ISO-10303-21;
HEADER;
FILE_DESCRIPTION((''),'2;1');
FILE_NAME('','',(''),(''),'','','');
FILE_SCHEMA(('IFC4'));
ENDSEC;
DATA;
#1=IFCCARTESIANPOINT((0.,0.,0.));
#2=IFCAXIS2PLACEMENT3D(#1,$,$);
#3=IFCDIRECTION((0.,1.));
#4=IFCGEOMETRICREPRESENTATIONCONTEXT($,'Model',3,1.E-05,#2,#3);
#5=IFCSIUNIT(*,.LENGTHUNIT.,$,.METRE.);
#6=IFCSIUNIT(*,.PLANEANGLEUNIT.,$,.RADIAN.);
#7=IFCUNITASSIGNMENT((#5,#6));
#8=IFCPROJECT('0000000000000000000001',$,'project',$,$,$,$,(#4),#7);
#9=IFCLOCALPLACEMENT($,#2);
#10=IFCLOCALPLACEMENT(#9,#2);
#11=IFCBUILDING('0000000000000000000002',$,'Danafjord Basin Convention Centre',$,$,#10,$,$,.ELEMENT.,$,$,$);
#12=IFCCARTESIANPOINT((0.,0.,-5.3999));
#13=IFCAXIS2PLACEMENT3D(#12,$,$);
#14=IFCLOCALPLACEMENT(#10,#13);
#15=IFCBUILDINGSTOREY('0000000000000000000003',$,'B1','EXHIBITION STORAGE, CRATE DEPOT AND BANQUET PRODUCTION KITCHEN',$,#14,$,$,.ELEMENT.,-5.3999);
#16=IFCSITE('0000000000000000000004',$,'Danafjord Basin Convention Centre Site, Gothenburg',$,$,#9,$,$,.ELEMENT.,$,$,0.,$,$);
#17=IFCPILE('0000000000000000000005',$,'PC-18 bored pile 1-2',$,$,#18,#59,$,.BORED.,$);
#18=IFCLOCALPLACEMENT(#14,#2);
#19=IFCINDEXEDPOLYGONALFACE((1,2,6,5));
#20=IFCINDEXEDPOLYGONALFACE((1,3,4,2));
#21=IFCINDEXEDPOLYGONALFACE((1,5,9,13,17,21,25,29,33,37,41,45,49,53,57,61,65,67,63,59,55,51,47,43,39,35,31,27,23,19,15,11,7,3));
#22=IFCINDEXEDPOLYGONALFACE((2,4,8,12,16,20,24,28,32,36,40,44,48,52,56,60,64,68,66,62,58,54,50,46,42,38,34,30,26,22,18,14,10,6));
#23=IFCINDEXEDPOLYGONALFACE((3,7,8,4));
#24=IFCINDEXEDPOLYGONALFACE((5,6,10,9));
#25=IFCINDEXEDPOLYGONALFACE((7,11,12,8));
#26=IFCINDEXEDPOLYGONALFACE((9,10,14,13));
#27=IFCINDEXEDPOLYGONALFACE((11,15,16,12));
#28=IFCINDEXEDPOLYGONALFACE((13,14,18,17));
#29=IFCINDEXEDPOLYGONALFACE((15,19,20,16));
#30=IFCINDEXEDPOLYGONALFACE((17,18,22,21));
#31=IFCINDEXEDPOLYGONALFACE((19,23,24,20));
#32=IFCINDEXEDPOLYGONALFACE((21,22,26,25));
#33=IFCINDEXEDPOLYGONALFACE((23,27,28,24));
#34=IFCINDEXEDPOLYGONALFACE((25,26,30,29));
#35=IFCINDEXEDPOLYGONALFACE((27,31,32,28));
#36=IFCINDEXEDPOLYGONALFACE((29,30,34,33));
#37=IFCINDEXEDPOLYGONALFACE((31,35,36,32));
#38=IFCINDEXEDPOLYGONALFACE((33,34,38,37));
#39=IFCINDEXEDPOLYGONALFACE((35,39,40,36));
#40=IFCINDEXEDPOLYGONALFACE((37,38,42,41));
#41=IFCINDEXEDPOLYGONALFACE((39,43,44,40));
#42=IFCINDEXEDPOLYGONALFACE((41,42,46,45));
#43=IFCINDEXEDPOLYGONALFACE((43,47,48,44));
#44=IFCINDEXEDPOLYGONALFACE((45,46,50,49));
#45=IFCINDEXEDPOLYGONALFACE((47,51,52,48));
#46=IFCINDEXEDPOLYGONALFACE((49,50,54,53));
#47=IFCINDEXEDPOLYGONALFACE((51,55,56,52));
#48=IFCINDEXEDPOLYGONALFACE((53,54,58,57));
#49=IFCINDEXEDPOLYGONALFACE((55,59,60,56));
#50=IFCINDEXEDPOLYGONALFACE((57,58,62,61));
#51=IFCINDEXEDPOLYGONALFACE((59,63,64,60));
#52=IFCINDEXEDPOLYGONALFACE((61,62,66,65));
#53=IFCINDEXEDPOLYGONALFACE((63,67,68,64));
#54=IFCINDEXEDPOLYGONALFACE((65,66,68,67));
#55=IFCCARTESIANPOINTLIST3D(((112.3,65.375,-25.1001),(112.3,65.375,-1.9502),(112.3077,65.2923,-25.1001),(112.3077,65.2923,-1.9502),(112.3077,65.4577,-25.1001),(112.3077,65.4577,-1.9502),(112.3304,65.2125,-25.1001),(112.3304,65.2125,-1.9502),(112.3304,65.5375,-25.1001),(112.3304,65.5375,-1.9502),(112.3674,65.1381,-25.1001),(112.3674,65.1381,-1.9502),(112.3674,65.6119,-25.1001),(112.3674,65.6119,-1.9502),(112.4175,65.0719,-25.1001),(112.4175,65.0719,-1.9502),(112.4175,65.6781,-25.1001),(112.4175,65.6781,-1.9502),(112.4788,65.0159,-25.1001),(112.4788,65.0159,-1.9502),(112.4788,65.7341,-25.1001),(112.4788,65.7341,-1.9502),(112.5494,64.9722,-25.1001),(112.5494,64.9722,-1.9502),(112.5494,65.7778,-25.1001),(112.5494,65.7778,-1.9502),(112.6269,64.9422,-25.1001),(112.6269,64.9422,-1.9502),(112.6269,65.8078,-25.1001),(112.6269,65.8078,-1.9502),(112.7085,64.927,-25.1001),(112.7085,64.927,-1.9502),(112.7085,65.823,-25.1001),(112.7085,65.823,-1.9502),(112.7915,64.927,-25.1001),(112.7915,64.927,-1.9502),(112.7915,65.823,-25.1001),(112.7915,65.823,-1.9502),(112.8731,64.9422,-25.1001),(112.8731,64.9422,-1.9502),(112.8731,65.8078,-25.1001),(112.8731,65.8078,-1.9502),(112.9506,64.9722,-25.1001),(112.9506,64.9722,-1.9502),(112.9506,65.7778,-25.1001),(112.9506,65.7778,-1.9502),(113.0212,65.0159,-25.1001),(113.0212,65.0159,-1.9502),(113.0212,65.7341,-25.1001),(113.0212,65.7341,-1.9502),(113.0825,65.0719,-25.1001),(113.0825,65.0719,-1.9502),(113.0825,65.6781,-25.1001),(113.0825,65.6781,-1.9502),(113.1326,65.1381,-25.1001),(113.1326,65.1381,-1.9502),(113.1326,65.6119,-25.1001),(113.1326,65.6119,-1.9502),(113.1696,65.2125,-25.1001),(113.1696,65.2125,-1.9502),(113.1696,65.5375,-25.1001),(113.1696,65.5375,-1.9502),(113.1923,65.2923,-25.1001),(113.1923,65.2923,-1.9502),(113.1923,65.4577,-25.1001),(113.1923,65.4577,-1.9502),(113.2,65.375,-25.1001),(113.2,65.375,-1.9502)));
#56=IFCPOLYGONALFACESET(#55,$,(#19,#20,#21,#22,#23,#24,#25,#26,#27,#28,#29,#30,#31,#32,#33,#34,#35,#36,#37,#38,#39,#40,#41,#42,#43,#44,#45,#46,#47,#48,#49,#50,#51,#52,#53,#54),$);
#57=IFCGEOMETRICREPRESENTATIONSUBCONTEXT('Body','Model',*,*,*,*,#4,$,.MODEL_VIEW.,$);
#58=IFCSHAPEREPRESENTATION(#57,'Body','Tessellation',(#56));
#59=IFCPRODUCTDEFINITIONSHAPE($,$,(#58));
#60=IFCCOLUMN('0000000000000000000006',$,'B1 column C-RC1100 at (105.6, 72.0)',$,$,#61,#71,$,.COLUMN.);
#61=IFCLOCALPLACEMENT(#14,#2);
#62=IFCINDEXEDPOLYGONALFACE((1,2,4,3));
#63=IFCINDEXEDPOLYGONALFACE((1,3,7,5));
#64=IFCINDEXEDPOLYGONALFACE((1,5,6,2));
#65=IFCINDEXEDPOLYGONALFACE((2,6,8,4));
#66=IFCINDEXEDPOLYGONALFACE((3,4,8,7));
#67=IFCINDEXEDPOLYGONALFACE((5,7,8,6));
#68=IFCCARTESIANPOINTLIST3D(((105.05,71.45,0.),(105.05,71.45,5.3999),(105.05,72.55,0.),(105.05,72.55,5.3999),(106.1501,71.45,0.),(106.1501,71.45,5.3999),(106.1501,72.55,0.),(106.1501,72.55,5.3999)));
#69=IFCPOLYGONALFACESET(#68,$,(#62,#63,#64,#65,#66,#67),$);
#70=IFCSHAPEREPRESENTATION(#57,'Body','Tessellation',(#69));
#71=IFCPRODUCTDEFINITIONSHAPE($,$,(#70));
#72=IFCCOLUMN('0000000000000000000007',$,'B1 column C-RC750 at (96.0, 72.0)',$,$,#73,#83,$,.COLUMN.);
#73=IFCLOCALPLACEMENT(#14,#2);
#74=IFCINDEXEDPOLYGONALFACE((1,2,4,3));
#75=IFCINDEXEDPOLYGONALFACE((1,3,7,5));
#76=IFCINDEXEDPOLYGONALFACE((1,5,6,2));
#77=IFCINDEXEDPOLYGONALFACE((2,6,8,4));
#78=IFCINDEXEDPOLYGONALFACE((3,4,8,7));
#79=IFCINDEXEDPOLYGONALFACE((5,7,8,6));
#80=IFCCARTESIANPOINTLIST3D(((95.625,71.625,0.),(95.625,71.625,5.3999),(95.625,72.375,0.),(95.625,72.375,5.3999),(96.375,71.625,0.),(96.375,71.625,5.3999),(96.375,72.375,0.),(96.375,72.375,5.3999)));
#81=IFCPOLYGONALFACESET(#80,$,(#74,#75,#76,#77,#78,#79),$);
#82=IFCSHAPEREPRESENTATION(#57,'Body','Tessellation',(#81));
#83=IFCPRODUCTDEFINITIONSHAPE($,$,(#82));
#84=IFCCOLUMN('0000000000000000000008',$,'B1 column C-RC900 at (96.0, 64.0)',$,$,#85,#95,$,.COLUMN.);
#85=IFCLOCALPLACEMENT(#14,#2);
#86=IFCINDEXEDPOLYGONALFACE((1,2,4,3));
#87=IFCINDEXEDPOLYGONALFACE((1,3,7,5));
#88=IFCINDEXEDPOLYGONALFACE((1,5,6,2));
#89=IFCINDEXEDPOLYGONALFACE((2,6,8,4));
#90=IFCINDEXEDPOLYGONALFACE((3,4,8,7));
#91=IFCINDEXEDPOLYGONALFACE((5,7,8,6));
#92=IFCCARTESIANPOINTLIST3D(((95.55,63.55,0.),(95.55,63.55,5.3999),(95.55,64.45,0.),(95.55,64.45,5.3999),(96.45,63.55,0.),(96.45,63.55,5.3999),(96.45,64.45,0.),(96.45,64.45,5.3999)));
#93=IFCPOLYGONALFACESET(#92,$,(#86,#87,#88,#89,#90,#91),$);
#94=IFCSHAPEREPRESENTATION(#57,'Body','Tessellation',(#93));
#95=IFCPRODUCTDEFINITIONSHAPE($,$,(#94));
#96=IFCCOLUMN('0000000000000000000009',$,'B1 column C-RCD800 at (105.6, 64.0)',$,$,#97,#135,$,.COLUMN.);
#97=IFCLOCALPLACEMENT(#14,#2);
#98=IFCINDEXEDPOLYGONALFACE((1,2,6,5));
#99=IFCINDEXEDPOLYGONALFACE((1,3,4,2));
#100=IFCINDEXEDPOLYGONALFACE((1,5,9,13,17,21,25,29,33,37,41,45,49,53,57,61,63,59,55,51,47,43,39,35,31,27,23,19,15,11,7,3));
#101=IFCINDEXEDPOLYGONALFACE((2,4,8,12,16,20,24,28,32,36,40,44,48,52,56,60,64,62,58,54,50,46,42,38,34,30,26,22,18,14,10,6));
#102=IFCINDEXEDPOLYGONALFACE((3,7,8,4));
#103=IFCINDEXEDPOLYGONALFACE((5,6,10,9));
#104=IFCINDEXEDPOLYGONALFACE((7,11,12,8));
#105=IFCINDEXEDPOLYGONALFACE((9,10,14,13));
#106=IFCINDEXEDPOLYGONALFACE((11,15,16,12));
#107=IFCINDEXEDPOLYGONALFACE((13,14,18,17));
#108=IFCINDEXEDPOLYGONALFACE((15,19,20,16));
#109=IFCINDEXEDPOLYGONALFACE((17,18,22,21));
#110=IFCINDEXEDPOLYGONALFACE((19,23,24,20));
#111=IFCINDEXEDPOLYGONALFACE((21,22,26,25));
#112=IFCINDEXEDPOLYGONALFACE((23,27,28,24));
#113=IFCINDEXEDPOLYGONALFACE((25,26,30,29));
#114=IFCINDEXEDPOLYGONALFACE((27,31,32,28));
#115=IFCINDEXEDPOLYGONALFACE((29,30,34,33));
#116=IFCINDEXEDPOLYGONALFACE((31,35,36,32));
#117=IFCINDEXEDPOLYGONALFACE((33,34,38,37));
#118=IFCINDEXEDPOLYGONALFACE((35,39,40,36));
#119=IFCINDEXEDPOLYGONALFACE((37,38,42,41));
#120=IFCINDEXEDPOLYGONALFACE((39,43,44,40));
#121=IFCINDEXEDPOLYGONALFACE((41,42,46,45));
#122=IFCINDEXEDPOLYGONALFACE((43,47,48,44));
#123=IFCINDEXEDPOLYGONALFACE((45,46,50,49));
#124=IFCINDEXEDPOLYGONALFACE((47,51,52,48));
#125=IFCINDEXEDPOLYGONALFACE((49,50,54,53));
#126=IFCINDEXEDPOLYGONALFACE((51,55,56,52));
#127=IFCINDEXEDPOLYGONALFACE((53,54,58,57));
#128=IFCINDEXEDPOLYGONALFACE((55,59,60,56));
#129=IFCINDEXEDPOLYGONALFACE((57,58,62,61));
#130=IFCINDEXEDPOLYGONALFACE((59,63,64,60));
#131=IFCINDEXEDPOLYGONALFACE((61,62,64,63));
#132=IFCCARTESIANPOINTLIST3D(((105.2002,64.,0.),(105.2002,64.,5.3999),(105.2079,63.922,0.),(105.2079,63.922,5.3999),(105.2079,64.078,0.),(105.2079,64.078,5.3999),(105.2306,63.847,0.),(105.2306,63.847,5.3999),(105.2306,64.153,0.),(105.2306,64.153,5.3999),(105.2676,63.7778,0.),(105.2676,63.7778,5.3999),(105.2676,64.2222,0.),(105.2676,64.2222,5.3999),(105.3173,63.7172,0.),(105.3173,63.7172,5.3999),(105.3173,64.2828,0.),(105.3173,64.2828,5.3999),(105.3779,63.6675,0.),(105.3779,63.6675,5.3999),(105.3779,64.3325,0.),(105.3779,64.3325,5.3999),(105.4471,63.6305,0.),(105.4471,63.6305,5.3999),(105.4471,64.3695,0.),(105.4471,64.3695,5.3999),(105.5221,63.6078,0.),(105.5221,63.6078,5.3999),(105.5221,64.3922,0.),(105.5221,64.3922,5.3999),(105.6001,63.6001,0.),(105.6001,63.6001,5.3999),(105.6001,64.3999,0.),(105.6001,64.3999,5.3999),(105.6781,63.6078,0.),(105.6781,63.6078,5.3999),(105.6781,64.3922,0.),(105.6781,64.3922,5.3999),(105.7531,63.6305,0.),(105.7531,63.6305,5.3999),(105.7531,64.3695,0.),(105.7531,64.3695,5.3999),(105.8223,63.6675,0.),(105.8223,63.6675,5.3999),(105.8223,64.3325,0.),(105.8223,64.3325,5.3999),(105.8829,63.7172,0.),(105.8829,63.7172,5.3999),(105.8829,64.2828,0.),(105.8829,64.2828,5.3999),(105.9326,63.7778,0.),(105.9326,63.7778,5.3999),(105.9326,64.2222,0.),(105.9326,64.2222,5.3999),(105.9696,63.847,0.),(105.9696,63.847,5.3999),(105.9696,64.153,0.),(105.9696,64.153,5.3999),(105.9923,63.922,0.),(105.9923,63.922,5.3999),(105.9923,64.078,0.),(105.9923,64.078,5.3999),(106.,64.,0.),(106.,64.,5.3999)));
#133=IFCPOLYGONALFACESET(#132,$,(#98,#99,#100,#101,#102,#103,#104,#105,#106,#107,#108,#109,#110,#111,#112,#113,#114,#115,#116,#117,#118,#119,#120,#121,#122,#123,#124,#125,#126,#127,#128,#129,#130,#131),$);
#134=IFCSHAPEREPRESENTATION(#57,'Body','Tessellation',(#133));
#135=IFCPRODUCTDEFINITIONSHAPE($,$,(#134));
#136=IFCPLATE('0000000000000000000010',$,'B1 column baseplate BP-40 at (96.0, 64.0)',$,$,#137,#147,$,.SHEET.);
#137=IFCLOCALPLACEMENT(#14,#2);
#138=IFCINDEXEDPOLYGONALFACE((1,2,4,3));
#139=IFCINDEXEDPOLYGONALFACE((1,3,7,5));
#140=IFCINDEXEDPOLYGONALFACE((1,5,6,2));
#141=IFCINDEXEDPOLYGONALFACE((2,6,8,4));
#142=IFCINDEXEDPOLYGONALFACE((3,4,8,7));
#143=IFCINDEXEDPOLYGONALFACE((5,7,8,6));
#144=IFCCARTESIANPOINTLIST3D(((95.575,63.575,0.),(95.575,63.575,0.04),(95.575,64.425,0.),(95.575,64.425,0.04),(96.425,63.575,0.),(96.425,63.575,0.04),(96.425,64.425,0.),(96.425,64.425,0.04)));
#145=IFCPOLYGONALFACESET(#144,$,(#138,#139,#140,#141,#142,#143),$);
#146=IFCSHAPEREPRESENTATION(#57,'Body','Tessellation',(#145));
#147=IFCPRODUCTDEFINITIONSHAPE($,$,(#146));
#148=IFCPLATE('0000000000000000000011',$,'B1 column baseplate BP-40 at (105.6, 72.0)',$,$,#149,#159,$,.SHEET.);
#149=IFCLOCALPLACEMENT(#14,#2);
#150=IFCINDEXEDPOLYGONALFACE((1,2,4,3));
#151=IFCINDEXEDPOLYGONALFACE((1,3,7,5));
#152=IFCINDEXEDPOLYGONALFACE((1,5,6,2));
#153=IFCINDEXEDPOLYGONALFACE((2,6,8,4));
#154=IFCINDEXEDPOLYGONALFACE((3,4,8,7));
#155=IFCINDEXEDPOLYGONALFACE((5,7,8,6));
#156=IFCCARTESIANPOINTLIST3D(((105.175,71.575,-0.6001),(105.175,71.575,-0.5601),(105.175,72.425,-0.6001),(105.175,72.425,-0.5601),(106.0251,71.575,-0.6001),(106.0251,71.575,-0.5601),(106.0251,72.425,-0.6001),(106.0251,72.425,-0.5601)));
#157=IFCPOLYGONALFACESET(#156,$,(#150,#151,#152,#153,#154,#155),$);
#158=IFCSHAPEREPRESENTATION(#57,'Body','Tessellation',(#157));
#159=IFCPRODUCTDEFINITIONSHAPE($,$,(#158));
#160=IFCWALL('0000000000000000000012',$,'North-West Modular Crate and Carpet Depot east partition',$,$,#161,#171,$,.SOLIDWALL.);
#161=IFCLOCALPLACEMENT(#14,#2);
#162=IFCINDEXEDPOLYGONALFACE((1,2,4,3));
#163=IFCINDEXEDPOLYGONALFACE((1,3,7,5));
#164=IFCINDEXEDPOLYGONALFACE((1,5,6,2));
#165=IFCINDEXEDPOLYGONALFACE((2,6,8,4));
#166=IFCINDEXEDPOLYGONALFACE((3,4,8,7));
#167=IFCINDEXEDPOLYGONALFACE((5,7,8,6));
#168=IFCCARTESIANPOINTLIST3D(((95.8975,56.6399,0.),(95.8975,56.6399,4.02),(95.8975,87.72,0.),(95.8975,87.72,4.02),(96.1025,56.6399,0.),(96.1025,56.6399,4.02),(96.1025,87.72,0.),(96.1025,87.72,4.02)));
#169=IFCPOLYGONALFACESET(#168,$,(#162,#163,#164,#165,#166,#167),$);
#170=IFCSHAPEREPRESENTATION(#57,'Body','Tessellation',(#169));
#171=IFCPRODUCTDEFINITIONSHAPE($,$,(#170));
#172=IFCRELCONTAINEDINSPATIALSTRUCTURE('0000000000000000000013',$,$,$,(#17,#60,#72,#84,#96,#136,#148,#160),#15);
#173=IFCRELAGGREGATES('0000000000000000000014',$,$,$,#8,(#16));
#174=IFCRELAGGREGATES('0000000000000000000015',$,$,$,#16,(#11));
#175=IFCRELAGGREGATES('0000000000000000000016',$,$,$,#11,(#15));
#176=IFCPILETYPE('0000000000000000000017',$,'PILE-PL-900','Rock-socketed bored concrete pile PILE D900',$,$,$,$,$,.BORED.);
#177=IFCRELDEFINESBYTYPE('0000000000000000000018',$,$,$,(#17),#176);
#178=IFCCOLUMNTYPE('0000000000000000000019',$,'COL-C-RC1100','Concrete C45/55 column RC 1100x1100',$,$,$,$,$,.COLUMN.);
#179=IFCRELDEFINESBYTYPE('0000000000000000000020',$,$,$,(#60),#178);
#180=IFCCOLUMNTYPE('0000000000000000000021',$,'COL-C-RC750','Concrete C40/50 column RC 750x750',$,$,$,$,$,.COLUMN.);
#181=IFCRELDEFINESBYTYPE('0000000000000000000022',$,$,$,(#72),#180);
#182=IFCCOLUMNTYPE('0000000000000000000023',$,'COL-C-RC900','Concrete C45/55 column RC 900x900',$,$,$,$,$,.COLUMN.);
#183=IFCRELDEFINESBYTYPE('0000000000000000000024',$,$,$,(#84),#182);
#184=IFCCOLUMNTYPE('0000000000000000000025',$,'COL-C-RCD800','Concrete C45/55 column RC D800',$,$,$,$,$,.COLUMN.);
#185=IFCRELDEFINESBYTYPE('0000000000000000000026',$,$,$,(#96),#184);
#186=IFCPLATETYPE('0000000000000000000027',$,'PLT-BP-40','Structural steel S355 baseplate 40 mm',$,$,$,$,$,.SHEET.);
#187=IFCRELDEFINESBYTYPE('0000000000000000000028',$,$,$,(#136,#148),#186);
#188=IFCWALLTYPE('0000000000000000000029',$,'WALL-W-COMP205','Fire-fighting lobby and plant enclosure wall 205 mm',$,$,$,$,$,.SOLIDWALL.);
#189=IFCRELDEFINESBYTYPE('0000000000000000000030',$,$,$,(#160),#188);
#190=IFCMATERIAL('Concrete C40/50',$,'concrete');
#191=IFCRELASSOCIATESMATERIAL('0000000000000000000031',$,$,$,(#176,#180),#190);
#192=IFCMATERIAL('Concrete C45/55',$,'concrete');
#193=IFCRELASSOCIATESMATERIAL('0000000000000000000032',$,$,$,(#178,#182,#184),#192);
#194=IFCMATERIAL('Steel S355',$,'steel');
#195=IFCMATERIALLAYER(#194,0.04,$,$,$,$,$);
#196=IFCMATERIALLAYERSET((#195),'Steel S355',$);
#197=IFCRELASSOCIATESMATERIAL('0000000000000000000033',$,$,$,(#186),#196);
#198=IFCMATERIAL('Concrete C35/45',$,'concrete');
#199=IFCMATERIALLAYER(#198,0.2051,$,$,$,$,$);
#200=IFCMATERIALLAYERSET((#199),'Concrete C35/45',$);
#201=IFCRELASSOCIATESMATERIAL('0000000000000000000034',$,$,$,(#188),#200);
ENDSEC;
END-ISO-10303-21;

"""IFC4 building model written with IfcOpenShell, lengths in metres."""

from ifc_helpers import new_model, si_unit, direction, frame, frame_2d, origin, origin_2d, place, context, subcontext, project, spatial, rectangle, circle, extrude, material, layer, layer_set, material_profile, profile_set, type_object, element, save


model = new_model("IFC4")

# Units and contexts
model_context = context("Model", 3, precision=1e-05, world=origin(), true_north=direction((0.0, 1.0)))
body_context = subcontext(model_context, "Body", "Model", "MODEL_VIEW")
ifc_project = project(units=[si_unit("LENGTHUNIT", "METRE"), si_unit("PLANEANGLEUNIT", "RADIAN")], contexts=[model_context])

# Site, building, storey
site_placement = place(None, origin())
site = spatial("IfcSite", under=ifc_project, at=site_placement, Name="Danafjord Basin Convention Centre Site, Gothenburg", CompositionType="ELEMENT", RefElevation=0.0)
building_placement = place(site_placement, origin())
building = spatial("IfcBuilding", under=site, at=building_placement, Name="Danafjord Basin Convention Centre", CompositionType="ELEMENT")
storey_placement = place(building_placement, frame((0.0, 0.0, -5.3999)))
storey = spatial("IfcBuildingStorey", under=building, at=storey_placement, Name="B1", Description="EXHIBITION STORAGE, CRATE DEPOT AND BANQUET PRODUCTION KITCHEN", CompositionType="ELEMENT", Elevation=-5.3999)

# Shared definitions
ifc_material_1 = material(Name="Concrete C40/50", Category="concrete")
ifc_material_2 = material(Name="Concrete C35/45", Category="concrete")

# Pile
ifc_material_profile_1 = material_profile(ifc_material_1, circle(Radius=0.45, at=origin_2d()), Name="PILE D900")
ifc_profile_set_1 = profile_set([ifc_material_profile_1], Name="Concrete C40/50")
pile_type_1 = type_object("IfcPileType", Name="PILE-PL-900", Description="Rock-socketed bored concrete pile PILE D900", PredefinedType="BORED", material=ifc_profile_set_1)
for number, where, z_axis, x_axis, name in (
    (1, (112.75, 65.375, -1.9502), (0.0, 0.0, -1.0), (1.0, 0.0, 0.0), "PC-18 bored pile 1-2"),
):
    element("IfcPile", number, at=place(storey_placement, frame(where, z_axis=z_axis, x_axis=x_axis)), inside=storey, type_object=pile_type_1, Name=name, PredefinedType="BORED", context=body_context, shape_type="SweptSolid", body=[
        extrude(circle(Radius=0.45, at=origin_2d()), origin(), (0.0, 0.0, 1.0), 23.1499),
    ])

# Columns
ifc_material_3 = material(Name="Concrete C45/55", Category="concrete")
ifc_material_profile_2 = material_profile(ifc_material_3, rectangle(XDim=1.1001, YDim=1.1001, at=origin_2d()), Name="RC 1100x1100")
ifc_profile_set_2 = profile_set([ifc_material_profile_2], Name="Concrete C45/55")
column_type_1 = type_object("IfcColumnType", Name="COL-C-RC1100", Description="Concrete C45/55 column RC 1100x1100", PredefinedType="COLUMN", material=ifc_profile_set_2)
column_1_placement = place(storey_placement, frame((105.6001, 72.0, 0.0), z_axis=(0.0, 0.0, 1.0), x_axis=(1.0, 0.0, 0.0)))
element("IfcColumn", 2, at=column_1_placement, inside=storey, type_object=column_type_1, Name="B1 column C-RC1100 at (105.6, 72.0)", PredefinedType="COLUMN", context=body_context, shape_type="SweptSolid", body=[
    extrude(rectangle(XDim=1.1001, YDim=1.1001, at=origin_2d()), origin(), (0.0, 0.0, 1.0), 5.3999),
])
ifc_material_profile_3 = material_profile(ifc_material_1, rectangle(XDim=0.75, YDim=0.75, at=origin_2d()), Name="RC 750x750")
ifc_profile_set_3 = profile_set([ifc_material_profile_3], Name="Concrete C40/50")
column_type_2 = type_object("IfcColumnType", Name="COL-C-RC750", Description="Concrete C40/50 column RC 750x750", PredefinedType="COLUMN", material=ifc_profile_set_3)
column_2_placement = place(storey_placement, frame((96.0, 72.0, 0.0), z_axis=(0.0, 0.0, 1.0), x_axis=(1.0, 0.0, 0.0)))
element("IfcColumn", 3, at=column_2_placement, inside=storey, type_object=column_type_2, Name="B1 column C-RC750 at (96.0, 72.0)", PredefinedType="COLUMN", context=body_context, shape_type="SweptSolid", body=[
    extrude(rectangle(XDim=0.75, YDim=0.75, at=origin_2d()), origin(), (0.0, 0.0, 1.0), 5.3999),
])
ifc_material_profile_4 = material_profile(ifc_material_3, rectangle(XDim=0.8999, YDim=0.8999, at=origin_2d()), Name="RC 900x900")
ifc_profile_set_4 = profile_set([ifc_material_profile_4], Name="Concrete C45/55")
column_type_3 = type_object("IfcColumnType", Name="COL-C-RC900", Description="Concrete C45/55 column RC 900x900", PredefinedType="COLUMN", material=ifc_profile_set_4)
column_3_placement = place(storey_placement, frame((96.0, 64.0, 0.0), z_axis=(0.0, 0.0, 1.0), x_axis=(1.0, 0.0, 0.0)))
element("IfcColumn", 4, at=column_3_placement, inside=storey, type_object=column_type_3, Name="B1 column C-RC900 at (96.0, 64.0)", PredefinedType="COLUMN", context=body_context, shape_type="SweptSolid", body=[
    extrude(rectangle(XDim=0.8999, YDim=0.8999, at=origin_2d()), origin(), (0.0, 0.0, 1.0), 5.3999),
])
ifc_material_profile_5 = material_profile(ifc_material_3, circle(Radius=0.3999, at=origin_2d()), Name="RC D800")
ifc_profile_set_5 = profile_set([ifc_material_profile_5], Name="Concrete C45/55")
column_type_4 = type_object("IfcColumnType", Name="COL-C-RCD800", Description="Concrete C45/55 column RC D800", PredefinedType="COLUMN", material=ifc_profile_set_5)
column_4_placement = place(storey_placement, frame((105.6001, 64.0, 0.0), z_axis=(0.0, 0.0, 1.0), x_axis=(1.0, 0.0, 0.0)))
element("IfcColumn", 5, at=column_4_placement, inside=storey, type_object=column_type_4, Name="B1 column C-RCD800 at (105.6, 64.0)", PredefinedType="COLUMN", context=body_context, shape_type="SweptSolid", body=[
    extrude(circle(Radius=0.3999, at=origin_2d()), origin(), (0.0, 0.0, 1.0), 5.3999),
])

# Plates
ifc_material_4 = material(Name="Steel S355", Category="steel")
ifc_layer_1 = layer(ifc_material_4, 0.04)
ifc_layer_set_1 = layer_set([ifc_layer_1], Name="Steel S355")
plate_type = type_object("IfcPlateType", Name="PLT-BP-40", Description="Structural steel S355 baseplate 40 mm", PredefinedType="SHEET", material=ifc_layer_set_1)
for number, where, z_axis, x_axis, name in (
    (6, (96.0, 64.0, 0.0), (0.0, 0.0, 1.0), (1.0, 0.0, 0.0), "B1 column baseplate BP-40 at (96.0, 64.0)"),
    (7, (105.6001, 72.0, -0.6001), (0.0, 0.0, 1.0), (1.0, 0.0, 0.0), "B1 column baseplate BP-40 at (105.6, 72.0)"),
):
    element("IfcPlate", number, at=place(storey_placement, frame(where, z_axis=z_axis, x_axis=x_axis)), inside=storey, type_object=plate_type, Name=name, PredefinedType="SHEET", context=body_context, shape_type="SweptSolid", body=[
        extrude(rectangle(XDim=0.8501, YDim=0.8501, at=origin_2d()), origin(), (0.0, 0.0, 1.0), 0.04),
    ])

# Wall
ifc_layer_2 = layer(ifc_material_2, 0.2051)
ifc_layer_set_2 = layer_set([ifc_layer_2], Name="Concrete C35/45")
wall_type = type_object("IfcWallType", Name="WALL-W-COMP205", Description="Fire-fighting lobby and plant enclosure wall 205 mm", PredefinedType="SOLIDWALL", material=ifc_layer_set_2)
wall_placement = place(storey_placement, frame((96.0, 56.6399, 0.0), z_axis=(0.0, 0.0, 1.0), x_axis=(0.0, 1.0, 0.0)))
element("IfcWall", 8, at=wall_placement, inside=storey, type_object=wall_type, Name="North-West Modular Crate and Carpet Depot east partition", PredefinedType="SOLIDWALL", context=body_context, shape_type="SweptSolid", body=[
    extrude(rectangle(XDim=31.0801, YDim=0.2051, at=frame_2d((15.54, 0.0))), origin(), (0.0, 0.0, 1.0), 4.02),
])

save(model, "model.ifc")
